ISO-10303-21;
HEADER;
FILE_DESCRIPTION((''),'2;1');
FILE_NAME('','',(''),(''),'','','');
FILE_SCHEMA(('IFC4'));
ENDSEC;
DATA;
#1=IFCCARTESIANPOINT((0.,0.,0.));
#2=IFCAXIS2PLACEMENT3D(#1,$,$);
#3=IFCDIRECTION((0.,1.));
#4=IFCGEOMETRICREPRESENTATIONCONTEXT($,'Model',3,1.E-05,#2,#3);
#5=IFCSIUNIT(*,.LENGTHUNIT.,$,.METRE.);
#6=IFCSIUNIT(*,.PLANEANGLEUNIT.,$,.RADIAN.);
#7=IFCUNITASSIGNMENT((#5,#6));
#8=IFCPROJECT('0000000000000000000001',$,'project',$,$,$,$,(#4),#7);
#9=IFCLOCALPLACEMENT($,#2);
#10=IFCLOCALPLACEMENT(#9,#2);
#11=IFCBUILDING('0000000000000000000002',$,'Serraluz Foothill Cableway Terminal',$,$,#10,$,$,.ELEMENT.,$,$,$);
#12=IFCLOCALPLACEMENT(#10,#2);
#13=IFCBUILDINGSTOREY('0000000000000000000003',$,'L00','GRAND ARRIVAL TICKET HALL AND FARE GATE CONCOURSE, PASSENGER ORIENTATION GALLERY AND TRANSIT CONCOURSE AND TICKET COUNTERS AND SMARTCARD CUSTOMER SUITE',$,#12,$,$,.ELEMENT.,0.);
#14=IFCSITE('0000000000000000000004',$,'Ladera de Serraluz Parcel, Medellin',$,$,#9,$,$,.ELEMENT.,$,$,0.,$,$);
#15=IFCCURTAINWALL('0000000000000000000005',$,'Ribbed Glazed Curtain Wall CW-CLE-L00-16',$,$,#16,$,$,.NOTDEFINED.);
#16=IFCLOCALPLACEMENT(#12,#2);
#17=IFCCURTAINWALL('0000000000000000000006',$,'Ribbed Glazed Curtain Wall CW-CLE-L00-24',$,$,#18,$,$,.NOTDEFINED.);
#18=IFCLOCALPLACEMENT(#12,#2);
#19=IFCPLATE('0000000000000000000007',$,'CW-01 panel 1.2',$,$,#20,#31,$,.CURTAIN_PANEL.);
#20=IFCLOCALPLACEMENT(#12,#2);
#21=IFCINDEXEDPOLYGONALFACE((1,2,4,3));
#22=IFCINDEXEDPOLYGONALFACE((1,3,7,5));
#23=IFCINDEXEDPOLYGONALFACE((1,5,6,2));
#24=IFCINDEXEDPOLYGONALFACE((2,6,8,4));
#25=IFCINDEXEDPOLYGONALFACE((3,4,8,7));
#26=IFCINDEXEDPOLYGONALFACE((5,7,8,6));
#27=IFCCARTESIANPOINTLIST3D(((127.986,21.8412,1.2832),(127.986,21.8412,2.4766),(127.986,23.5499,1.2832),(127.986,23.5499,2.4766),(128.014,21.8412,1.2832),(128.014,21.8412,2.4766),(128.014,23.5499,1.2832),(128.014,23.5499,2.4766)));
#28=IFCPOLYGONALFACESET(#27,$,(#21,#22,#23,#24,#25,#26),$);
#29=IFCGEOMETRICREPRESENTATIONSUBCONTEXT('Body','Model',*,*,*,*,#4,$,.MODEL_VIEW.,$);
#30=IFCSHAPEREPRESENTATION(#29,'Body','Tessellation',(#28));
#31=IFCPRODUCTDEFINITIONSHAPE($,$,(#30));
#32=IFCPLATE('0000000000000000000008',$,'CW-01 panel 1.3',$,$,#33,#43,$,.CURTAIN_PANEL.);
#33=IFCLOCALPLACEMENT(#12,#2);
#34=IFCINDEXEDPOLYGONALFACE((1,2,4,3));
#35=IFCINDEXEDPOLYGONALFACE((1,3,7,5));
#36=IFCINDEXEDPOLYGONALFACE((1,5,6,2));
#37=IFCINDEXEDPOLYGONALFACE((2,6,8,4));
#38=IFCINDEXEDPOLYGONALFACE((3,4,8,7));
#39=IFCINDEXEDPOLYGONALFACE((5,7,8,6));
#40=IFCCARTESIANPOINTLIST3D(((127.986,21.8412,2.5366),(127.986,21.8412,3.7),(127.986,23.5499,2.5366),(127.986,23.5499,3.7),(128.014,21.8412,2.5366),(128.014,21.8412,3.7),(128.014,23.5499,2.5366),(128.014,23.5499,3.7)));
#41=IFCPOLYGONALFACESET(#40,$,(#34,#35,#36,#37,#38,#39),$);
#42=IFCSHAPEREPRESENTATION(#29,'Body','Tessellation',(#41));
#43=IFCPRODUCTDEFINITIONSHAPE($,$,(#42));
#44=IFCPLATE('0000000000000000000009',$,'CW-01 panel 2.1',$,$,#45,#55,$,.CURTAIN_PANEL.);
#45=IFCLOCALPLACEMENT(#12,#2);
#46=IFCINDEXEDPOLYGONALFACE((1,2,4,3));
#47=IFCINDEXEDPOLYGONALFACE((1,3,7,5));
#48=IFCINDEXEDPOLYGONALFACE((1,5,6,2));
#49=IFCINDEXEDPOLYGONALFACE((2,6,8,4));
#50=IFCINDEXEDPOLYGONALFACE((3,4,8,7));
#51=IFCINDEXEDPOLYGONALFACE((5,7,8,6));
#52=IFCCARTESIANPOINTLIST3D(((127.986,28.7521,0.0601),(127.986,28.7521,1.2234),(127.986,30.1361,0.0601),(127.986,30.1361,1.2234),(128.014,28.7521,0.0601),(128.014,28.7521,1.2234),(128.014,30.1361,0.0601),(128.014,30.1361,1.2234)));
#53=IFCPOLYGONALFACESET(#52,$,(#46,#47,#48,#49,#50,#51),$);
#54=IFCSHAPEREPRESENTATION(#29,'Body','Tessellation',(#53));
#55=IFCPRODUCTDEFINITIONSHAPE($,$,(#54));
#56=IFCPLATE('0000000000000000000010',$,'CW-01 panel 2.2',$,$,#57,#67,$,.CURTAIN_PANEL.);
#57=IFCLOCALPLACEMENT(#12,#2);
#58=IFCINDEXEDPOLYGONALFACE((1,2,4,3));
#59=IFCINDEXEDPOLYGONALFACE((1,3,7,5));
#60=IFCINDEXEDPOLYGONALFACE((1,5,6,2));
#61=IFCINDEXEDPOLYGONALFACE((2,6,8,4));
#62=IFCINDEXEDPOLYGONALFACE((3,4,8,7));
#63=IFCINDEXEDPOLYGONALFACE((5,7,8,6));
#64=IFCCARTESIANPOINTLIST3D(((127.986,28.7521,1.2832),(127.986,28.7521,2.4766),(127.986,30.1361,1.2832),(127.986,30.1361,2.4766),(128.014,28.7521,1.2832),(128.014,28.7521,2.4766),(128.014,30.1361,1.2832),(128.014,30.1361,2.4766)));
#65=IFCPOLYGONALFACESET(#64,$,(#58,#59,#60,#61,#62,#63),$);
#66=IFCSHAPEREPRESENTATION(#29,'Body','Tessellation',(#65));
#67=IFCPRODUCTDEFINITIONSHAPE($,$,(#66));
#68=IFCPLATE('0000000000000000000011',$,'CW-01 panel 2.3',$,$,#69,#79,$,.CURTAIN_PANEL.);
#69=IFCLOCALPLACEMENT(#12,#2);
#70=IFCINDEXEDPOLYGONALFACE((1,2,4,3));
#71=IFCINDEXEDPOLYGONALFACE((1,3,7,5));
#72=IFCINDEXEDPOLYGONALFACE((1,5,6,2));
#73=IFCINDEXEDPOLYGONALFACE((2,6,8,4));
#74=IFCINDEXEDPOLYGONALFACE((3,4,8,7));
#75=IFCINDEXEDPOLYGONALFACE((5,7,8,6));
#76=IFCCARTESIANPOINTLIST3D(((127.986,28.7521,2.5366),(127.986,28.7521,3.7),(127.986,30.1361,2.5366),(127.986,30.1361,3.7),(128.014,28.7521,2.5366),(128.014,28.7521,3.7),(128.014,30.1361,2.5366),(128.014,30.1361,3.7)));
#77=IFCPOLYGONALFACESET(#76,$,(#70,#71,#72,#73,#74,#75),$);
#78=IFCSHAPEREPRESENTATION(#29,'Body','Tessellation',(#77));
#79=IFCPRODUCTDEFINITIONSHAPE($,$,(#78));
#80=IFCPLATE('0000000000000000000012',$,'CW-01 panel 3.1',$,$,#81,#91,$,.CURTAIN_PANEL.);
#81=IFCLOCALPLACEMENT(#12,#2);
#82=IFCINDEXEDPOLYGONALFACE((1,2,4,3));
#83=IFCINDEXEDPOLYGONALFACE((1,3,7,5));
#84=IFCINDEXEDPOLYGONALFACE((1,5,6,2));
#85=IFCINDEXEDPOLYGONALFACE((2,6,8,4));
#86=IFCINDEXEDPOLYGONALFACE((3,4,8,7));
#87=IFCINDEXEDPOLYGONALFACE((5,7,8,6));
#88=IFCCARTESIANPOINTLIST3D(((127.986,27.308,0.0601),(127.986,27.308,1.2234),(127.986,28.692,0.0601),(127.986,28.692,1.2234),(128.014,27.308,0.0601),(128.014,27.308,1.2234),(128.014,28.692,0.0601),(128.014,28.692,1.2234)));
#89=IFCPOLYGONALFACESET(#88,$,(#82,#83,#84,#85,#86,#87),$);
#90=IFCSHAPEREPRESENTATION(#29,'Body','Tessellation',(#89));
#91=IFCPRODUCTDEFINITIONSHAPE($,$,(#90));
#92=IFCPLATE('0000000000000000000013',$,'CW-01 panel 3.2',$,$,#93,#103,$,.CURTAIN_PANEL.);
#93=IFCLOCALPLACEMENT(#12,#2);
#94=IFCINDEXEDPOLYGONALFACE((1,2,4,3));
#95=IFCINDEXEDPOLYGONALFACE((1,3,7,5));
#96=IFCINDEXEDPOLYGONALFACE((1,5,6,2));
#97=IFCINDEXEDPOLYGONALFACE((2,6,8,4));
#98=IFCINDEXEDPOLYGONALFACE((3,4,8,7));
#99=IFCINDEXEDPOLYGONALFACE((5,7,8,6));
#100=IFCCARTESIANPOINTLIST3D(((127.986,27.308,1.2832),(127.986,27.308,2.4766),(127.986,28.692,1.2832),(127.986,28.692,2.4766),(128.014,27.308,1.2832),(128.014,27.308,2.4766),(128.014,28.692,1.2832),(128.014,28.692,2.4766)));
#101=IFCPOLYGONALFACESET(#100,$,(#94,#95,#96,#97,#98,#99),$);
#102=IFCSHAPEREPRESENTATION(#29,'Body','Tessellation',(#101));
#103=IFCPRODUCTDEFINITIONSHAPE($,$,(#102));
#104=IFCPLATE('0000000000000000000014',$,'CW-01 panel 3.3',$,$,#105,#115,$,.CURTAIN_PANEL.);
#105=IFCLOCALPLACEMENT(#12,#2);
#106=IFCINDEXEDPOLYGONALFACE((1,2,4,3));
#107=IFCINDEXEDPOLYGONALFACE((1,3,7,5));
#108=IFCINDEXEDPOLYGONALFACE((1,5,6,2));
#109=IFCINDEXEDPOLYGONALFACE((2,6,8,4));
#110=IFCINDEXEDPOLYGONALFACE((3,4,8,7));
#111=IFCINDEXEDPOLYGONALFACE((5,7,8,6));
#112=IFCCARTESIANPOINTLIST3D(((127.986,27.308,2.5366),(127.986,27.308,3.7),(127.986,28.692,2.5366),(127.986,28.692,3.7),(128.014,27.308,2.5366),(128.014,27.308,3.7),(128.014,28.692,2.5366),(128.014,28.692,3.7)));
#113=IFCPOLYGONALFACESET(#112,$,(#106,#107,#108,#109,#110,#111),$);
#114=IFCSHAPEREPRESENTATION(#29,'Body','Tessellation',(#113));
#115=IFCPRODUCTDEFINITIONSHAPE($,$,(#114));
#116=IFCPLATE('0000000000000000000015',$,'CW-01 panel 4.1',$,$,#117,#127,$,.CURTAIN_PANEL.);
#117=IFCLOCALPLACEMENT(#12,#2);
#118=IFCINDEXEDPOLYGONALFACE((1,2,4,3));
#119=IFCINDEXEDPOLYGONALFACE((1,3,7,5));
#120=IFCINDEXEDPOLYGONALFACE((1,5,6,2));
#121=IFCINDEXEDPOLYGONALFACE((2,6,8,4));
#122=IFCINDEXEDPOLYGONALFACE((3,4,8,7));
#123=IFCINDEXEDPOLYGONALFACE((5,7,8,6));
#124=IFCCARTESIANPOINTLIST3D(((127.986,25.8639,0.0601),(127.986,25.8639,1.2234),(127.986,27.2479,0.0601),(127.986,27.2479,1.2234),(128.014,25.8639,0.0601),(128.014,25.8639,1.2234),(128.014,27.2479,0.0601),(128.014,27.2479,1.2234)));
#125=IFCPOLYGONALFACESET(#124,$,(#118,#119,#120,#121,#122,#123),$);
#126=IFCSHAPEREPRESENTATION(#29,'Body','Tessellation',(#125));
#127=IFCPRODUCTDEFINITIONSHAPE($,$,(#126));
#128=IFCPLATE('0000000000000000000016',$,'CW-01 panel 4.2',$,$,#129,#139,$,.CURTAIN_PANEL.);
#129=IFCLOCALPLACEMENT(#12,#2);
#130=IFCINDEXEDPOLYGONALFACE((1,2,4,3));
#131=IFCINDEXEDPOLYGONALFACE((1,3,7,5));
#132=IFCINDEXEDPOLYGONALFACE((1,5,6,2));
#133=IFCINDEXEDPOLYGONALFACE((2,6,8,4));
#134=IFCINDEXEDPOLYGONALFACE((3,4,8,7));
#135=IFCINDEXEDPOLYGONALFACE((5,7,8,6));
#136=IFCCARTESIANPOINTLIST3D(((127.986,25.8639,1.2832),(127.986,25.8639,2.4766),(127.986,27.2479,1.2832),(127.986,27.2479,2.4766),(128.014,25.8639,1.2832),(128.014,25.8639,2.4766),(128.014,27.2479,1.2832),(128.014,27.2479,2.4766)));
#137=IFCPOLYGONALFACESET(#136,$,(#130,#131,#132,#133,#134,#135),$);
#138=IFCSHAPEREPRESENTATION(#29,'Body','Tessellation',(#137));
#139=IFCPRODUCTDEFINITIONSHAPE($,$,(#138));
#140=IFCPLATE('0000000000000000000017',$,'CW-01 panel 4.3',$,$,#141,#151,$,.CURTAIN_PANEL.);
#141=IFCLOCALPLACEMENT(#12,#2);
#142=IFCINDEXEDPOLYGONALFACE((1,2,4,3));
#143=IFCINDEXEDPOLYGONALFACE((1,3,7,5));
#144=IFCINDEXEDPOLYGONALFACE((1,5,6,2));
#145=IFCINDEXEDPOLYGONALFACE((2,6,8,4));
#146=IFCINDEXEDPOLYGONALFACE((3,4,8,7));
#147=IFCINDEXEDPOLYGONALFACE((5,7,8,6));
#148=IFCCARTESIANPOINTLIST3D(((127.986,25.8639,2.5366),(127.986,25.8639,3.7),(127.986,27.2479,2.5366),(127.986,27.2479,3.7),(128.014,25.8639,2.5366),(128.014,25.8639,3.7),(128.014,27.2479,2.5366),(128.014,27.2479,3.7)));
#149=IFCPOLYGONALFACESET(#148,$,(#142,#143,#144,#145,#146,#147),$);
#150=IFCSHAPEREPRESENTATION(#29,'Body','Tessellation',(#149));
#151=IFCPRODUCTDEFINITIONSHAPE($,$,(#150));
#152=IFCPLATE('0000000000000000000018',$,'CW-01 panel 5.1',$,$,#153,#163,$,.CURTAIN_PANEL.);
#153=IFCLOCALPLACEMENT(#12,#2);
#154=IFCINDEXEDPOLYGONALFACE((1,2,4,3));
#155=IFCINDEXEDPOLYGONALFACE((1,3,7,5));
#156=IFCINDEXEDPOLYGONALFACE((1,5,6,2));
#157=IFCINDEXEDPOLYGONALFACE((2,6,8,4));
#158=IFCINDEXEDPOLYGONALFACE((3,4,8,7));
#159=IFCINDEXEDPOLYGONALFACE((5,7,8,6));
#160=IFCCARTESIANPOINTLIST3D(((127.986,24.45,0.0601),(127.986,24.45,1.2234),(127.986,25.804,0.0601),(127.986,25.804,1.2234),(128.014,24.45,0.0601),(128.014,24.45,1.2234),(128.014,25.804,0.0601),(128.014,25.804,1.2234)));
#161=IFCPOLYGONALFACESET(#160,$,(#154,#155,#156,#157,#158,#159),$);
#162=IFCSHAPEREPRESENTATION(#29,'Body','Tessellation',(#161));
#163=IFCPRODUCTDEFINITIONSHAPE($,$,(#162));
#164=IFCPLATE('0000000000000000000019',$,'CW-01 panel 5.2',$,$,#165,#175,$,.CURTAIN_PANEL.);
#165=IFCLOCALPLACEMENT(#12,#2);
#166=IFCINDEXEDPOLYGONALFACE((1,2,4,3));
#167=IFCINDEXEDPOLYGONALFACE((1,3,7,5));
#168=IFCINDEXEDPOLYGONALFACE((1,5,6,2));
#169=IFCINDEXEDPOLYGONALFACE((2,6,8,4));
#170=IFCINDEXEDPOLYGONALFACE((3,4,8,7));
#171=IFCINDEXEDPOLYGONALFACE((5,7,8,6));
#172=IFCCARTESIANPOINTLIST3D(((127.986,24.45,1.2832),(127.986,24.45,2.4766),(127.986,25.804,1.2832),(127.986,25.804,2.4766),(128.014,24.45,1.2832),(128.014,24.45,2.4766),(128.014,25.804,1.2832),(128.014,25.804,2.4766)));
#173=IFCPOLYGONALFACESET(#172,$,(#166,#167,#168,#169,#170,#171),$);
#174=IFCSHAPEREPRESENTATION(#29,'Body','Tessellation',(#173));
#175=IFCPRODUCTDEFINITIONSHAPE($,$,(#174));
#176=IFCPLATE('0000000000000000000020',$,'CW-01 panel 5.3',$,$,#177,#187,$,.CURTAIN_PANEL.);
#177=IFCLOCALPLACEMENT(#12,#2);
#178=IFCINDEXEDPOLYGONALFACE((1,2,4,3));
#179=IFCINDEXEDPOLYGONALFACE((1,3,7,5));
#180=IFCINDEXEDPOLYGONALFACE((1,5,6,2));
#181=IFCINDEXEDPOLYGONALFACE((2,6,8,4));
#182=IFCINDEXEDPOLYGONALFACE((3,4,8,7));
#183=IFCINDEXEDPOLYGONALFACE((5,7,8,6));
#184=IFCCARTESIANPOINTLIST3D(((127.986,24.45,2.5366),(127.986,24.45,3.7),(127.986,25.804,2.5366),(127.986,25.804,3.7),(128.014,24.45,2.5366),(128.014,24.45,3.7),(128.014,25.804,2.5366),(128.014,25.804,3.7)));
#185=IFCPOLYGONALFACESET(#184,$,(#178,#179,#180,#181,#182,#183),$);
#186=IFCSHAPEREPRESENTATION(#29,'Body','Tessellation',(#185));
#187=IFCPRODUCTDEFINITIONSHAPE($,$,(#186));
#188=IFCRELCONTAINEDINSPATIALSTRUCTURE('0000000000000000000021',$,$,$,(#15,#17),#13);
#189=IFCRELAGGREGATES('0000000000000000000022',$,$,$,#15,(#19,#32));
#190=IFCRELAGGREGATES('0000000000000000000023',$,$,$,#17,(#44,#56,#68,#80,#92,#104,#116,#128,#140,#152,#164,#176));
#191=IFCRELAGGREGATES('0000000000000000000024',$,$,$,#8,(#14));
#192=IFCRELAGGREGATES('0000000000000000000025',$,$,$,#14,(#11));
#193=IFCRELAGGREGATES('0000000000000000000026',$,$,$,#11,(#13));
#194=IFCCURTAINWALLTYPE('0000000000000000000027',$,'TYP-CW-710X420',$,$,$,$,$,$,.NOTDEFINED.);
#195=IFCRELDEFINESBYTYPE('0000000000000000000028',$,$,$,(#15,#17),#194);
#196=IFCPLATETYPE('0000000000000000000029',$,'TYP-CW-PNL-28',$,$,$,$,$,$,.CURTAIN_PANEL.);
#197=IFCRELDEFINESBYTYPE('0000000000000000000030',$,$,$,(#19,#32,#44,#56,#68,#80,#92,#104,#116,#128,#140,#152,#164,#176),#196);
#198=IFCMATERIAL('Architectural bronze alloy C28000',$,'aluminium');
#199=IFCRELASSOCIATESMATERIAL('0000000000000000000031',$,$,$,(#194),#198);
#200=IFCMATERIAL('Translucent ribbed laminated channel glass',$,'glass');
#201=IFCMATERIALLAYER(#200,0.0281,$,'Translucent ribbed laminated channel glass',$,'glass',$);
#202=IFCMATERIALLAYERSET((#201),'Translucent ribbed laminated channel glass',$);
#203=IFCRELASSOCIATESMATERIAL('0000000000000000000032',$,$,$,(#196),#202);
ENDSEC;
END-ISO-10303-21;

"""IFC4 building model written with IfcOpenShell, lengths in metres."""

from ifc_helpers import new_model, si_unit, direction, frame, origin, origin_2d, place, context, subcontext, project, spatial, rectangle, extrude, material, layer, layer_set, type_object, element, aggregate, save


model = new_model("IFC4")

# Units and contexts
model_context = context("Model", 3, precision=1e-05, world=origin(), true_north=direction((0.0, 1.0)))
body_context = subcontext(model_context, "Body", "Model", "MODEL_VIEW")
ifc_project = project(units=[si_unit("LENGTHUNIT", "METRE"), si_unit("PLANEANGLEUNIT", "RADIAN")], contexts=[model_context])

# Site, building, storey
site_placement = place(None, origin())
site = spatial("IfcSite", under=ifc_project, at=site_placement, Name="Ladera de Serraluz Parcel, Medellin", CompositionType="ELEMENT", RefElevation=0.0)
building_placement = place(site_placement, origin())
building = spatial("IfcBuilding", under=site, at=building_placement, Name="Serraluz Foothill Cableway Terminal", CompositionType="ELEMENT")
storey_placement = place(building_placement, origin())
storey = spatial("IfcBuildingStorey", under=building, at=storey_placement, Name="L00", Description="GRAND ARRIVAL TICKET HALL AND FARE GATE CONCOURSE, PASSENGER ORIENTATION GALLERY AND TRANSIT CONCOURSE AND TICKET COUNTERS AND SMARTCARD CUSTOMER SUITE", CompositionType="ELEMENT", Elevation=0.0)

# Curtain wall
ifc_material_1 = material(Name="Architectural bronze alloy C28000", Category="aluminium")
curtain_wall_type = type_object("IfcCurtainWallType", Name="TYP-CW-710X420", PredefinedType="NOTDEFINED", material=ifc_material_1)
curtain_wall_1_placement = place(storey_placement, origin())
curtain_wall_1 = element("IfcCurtainWall", 1, at=curtain_wall_1_placement, inside=storey, type_object=curtain_wall_type, Name="Ribbed Glazed Curtain Wall CW-CLE-L00-16", PredefinedType="NOTDEFINED")

# Curtain wall
curtain_wall_2_placement = place(storey_placement, origin())
curtain_wall_2 = element("IfcCurtainWall", 2, at=curtain_wall_2_placement, inside=storey, type_object=curtain_wall_type, Name="Ribbed Glazed Curtain Wall CW-CLE-L00-24", PredefinedType="NOTDEFINED")

# Plates
ifc_material_2 = material(Name="Translucent ribbed laminated channel glass", Category="glass")
ifc_layer = layer(ifc_material_2, 0.0281, Name="Translucent ribbed laminated channel glass", Category="glass")
ifc_layer_set = layer_set([ifc_layer], Name="Translucent ribbed laminated channel glass")
plate_type = type_object("IfcPlateType", Name="TYP-CW-PNL-28", PredefinedType="CURTAIN_PANEL", material=ifc_layer_set)
plate_1_placement = place(storey_placement, frame((128.0, 22.6956, 1.2832), z_axis=(0.0, 0.0, 1.0), x_axis=(0.0, -1.0, 0.0)))
plate_1 = element("IfcPlate", 3, at=plate_1_placement, type_object=plate_type, Name="CW-01 panel 1.2", PredefinedType="CURTAIN_PANEL", context=body_context, shape_type="SweptSolid", body=[
    extrude(rectangle(XDim=1.7087, YDim=0.0281, at=origin_2d()), origin(), (0.0, 0.0, 1.0), 1.1934),
])
plate_2_placement = place(storey_placement, frame((128.0, 22.6956, 2.5366), z_axis=(0.0, 0.0, 1.0), x_axis=(0.0, -1.0, 0.0)))
plate_2 = element("IfcPlate", 4, at=plate_2_placement, type_object=plate_type, Name="CW-01 panel 1.3", PredefinedType="CURTAIN_PANEL", context=body_context, shape_type="SweptSolid", body=[
    extrude(rectangle(XDim=1.7087, YDim=0.0281, at=origin_2d()), origin(), (0.0, 0.0, 1.0), 1.1633),
])
aggregate(curtain_wall_1, [plate_1, plate_2])
plate_3_placement = place(storey_placement, frame((128.0, 29.4441, 0.0601), z_axis=(0.0, 0.0, 1.0), x_axis=(0.0, -1.0, 0.0)))
plate_3 = element("IfcPlate", 5, at=plate_3_placement, type_object=plate_type, Name="CW-01 panel 2.1", PredefinedType="CURTAIN_PANEL", context=body_context, shape_type="SweptSolid", body=[
    extrude(rectangle(XDim=1.384, YDim=0.0281, at=origin_2d()), origin(), (0.0, 0.0, 1.0), 1.1633),
])
plate_4_placement = place(storey_placement, frame((128.0, 29.4441, 1.2832), z_axis=(0.0, 0.0, 1.0), x_axis=(0.0, -1.0, 0.0)))
plate_4 = element("IfcPlate", 6, at=plate_4_placement, type_object=plate_type, Name="CW-01 panel 2.2", PredefinedType="CURTAIN_PANEL", context=body_context, shape_type="SweptSolid", body=[
    extrude(rectangle(XDim=1.384, YDim=0.0281, at=origin_2d()), origin(), (0.0, 0.0, 1.0), 1.1934),
])
plate_5_placement = place(storey_placement, frame((128.0, 29.4441, 2.5366), z_axis=(0.0, 0.0, 1.0), x_axis=(0.0, -1.0, 0.0)))
plate_5 = element("IfcPlate", 7, at=plate_5_placement, type_object=plate_type, Name="CW-01 panel 2.3", PredefinedType="CURTAIN_PANEL", context=body_context, shape_type="SweptSolid", body=[
    extrude(rectangle(XDim=1.384, YDim=0.0281, at=origin_2d()), origin(), (0.0, 0.0, 1.0), 1.1633),
])
plate_6_placement = place(storey_placement, frame((128.0, 28.0, 0.0601), z_axis=(0.0, 0.0, 1.0), x_axis=(0.0, -1.0, 0.0)))
plate_6 = element("IfcPlate", 8, at=plate_6_placement, type_object=plate_type, Name="CW-01 panel 3.1", PredefinedType="CURTAIN_PANEL", context=body_context, shape_type="SweptSolid", body=[
    extrude(rectangle(XDim=1.384, YDim=0.0281, at=origin_2d()), origin(), (0.0, 0.0, 1.0), 1.1633),
])
plate_7_placement = place(storey_placement, frame((128.0, 28.0, 1.2832), z_axis=(0.0, 0.0, 1.0), x_axis=(0.0, -1.0, 0.0)))
plate_7 = element("IfcPlate", 9, at=plate_7_placement, type_object=plate_type, Name="CW-01 panel 3.2", PredefinedType="CURTAIN_PANEL", context=body_context, shape_type="SweptSolid", body=[
    extrude(rectangle(XDim=1.384, YDim=0.0281, at=origin_2d()), origin(), (0.0, 0.0, 1.0), 1.1934),
])
plate_8_placement = place(storey_placement, frame((128.0, 28.0, 2.5366), z_axis=(0.0, 0.0, 1.0), x_axis=(0.0, -1.0, 0.0)))
plate_8 = element("IfcPlate", 10, at=plate_8_placement, type_object=plate_type, Name="CW-01 panel 3.3", PredefinedType="CURTAIN_PANEL", context=body_context, shape_type="SweptSolid", body=[
    extrude(rectangle(XDim=1.384, YDim=0.0281, at=origin_2d()), origin(), (0.0, 0.0, 1.0), 1.1633),
])
plate_9_placement = place(storey_placement, frame((128.0, 26.5559, 0.0601), z_axis=(0.0, 0.0, 1.0), x_axis=(0.0, -1.0, 0.0)))
plate_9 = element("IfcPlate", 11, at=plate_9_placement, type_object=plate_type, Name="CW-01 panel 4.1", PredefinedType="CURTAIN_PANEL", context=body_context, shape_type="SweptSolid", body=[
    extrude(rectangle(XDim=1.384, YDim=0.0281, at=origin_2d()), origin(), (0.0, 0.0, 1.0), 1.1633),
])
plate_10_placement = place(storey_placement, frame((128.0, 26.5559, 1.2832), z_axis=(0.0, 0.0, 1.0), x_axis=(0.0, -1.0, 0.0)))
plate_10 = element("IfcPlate", 12, at=plate_10_placement, type_object=plate_type, Name="CW-01 panel 4.2", PredefinedType="CURTAIN_PANEL", context=body_context, shape_type="SweptSolid", body=[
    extrude(rectangle(XDim=1.384, YDim=0.0281, at=origin_2d()), origin(), (0.0, 0.0, 1.0), 1.1934),
])
plate_11_placement = place(storey_placement, frame((128.0, 26.5559, 2.5366), z_axis=(0.0, 0.0, 1.0), x_axis=(0.0, -1.0, 0.0)))
plate_11 = element("IfcPlate", 13, at=plate_11_placement, type_object=plate_type, Name="CW-01 panel 4.3", PredefinedType="CURTAIN_PANEL", context=body_context, shape_type="SweptSolid", body=[
    extrude(rectangle(XDim=1.384, YDim=0.0281, at=origin_2d()), origin(), (0.0, 0.0, 1.0), 1.1633),
])
plate_12_placement = place(storey_placement, frame((128.0, 25.127, 0.0601), z_axis=(0.0, 0.0, 1.0), x_axis=(0.0, -1.0, 0.0)))
plate_12 = element("IfcPlate", 14, at=plate_12_placement, type_object=plate_type, Name="CW-01 panel 5.1", PredefinedType="CURTAIN_PANEL", context=body_context, shape_type="SweptSolid", body=[
    extrude(rectangle(XDim=1.354, YDim=0.0281, at=origin_2d()), origin(), (0.0, 0.0, 1.0), 1.1633),
])
plate_13_placement = place(storey_placement, frame((128.0, 25.127, 1.2832), z_axis=(0.0, 0.0, 1.0), x_axis=(0.0, -1.0, 0.0)))
plate_13 = element("IfcPlate", 15, at=plate_13_placement, type_object=plate_type, Name="CW-01 panel 5.2", PredefinedType="CURTAIN_PANEL", context=body_context, shape_type="SweptSolid", body=[
    extrude(rectangle(XDim=1.354, YDim=0.0281, at=origin_2d()), origin(), (0.0, 0.0, 1.0), 1.1934),
])
plate_14_placement = place(storey_placement, frame((128.0, 25.127, 2.5366), z_axis=(0.0, 0.0, 1.0), x_axis=(0.0, -1.0, 0.0)))
plate_14 = element("IfcPlate", 16, at=plate_14_placement, type_object=plate_type, Name="CW-01 panel 5.3", PredefinedType="CURTAIN_PANEL", context=body_context, shape_type="SweptSolid", body=[
    extrude(rectangle(XDim=1.354, YDim=0.0281, at=origin_2d()), origin(), (0.0, 0.0, 1.0), 1.1633),
])
aggregate(curtain_wall_2, [plate_3, plate_4, plate_5, plate_6, plate_7, plate_8, plate_9, plate_10, plate_11, plate_12, plate_13, plate_14])

save(model, "model.ifc")
